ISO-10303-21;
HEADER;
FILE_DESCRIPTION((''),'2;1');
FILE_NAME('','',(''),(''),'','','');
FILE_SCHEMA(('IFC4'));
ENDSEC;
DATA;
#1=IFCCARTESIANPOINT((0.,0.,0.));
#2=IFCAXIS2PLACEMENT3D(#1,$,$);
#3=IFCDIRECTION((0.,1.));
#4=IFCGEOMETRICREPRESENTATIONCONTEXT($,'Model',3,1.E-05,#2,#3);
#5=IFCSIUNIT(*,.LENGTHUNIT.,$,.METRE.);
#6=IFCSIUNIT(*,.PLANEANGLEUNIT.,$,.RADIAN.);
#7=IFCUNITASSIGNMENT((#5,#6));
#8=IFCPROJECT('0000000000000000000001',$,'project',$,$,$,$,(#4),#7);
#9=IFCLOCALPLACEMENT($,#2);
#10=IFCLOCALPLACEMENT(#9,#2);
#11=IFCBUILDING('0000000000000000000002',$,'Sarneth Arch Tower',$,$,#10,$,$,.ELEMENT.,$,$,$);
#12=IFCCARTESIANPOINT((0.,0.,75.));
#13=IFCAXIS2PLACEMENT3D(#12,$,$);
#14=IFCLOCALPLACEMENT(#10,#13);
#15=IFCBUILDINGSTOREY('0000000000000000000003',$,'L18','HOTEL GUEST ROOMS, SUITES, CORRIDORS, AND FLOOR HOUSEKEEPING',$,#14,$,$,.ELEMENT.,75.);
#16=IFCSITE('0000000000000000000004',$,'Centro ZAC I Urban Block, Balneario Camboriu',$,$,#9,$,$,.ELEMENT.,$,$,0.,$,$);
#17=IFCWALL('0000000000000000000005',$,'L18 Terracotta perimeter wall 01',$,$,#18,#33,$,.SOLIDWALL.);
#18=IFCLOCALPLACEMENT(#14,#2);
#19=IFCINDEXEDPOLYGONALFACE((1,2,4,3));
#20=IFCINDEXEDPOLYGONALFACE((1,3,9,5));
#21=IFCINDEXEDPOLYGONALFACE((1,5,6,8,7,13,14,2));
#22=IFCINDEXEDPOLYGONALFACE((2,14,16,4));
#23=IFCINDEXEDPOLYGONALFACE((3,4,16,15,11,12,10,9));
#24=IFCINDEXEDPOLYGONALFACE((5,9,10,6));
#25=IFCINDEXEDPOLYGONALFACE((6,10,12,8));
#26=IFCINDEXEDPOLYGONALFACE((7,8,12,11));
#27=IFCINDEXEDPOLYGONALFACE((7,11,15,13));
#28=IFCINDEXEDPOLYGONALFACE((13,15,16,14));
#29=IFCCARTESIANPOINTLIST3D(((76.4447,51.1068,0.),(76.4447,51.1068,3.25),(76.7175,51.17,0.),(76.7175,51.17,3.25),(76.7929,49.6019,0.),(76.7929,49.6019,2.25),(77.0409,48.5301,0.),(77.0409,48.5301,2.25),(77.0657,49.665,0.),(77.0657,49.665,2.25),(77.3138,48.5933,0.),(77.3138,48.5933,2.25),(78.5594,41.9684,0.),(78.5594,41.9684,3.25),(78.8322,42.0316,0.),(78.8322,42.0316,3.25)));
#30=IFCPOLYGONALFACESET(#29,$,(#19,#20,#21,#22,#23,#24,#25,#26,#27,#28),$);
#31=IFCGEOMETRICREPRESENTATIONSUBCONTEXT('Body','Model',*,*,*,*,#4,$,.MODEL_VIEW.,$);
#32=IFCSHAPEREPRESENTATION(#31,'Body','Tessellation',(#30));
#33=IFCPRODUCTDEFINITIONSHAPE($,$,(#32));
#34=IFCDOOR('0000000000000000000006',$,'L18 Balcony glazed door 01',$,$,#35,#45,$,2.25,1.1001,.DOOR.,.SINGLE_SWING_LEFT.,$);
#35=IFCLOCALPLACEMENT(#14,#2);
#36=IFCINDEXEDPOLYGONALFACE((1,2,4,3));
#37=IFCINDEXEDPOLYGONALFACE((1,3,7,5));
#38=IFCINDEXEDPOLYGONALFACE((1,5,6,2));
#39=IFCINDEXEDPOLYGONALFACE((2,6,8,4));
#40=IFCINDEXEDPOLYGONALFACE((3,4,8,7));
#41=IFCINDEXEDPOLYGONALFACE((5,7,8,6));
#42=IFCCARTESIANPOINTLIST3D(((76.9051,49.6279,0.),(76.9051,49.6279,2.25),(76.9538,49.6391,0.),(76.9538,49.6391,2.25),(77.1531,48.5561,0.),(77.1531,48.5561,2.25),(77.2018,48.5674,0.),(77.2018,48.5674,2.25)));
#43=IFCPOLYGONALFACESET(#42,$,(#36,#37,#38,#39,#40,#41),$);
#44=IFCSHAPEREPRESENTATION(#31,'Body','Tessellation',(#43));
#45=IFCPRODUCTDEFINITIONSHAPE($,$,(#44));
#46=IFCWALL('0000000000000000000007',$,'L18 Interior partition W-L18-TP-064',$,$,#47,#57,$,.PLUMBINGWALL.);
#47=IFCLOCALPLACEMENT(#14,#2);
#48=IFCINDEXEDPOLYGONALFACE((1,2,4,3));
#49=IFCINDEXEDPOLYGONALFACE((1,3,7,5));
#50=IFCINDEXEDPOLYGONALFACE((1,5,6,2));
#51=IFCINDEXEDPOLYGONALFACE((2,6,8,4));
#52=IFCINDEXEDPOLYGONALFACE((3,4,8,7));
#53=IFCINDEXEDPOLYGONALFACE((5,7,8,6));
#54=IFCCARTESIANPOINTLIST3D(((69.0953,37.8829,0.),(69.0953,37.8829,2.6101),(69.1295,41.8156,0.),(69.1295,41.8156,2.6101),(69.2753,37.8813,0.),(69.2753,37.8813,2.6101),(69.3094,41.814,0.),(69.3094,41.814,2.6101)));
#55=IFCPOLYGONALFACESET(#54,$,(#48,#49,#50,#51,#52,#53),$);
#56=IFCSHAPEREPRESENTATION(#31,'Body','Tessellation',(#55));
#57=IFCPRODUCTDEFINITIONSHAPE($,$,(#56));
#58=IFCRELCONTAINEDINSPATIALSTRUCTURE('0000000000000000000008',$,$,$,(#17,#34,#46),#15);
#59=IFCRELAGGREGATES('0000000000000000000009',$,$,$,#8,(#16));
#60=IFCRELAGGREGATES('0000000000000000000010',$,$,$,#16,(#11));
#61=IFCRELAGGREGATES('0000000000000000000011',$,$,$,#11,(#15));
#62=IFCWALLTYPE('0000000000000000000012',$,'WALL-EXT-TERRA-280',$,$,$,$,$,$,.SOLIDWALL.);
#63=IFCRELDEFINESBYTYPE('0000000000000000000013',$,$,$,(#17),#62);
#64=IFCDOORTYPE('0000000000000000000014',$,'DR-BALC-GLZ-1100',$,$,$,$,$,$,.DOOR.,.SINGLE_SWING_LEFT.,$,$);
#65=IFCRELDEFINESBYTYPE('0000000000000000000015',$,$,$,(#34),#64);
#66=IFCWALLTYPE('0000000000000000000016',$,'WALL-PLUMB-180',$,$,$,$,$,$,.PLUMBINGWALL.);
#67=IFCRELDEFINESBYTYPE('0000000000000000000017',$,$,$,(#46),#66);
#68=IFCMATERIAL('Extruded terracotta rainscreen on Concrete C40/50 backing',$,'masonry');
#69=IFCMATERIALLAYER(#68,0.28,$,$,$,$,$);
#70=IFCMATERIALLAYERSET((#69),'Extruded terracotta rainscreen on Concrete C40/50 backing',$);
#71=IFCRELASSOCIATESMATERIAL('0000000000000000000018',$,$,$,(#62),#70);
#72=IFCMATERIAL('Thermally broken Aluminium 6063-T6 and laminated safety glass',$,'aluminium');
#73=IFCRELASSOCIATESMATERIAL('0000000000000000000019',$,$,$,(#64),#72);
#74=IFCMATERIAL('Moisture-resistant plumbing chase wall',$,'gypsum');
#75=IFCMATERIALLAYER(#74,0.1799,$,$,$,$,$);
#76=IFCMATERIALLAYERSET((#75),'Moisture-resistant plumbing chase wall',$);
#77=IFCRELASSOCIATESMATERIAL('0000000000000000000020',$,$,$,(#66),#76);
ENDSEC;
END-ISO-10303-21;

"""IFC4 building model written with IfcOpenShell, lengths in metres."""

from ifc_helpers import new_model, si_unit, direction, frame, frame_2d, origin, place, context, subcontext, project, spatial, rectangle, extrude, material, layer, layer_set, type_object, element, fill, save


model = new_model("IFC4")

# Units and contexts
model_context = context("Model", 3, precision=1e-05, world=origin(), true_north=direction((0.0, 1.0)))
body_context = subcontext(model_context, "Body", "Model", "MODEL_VIEW")
ifc_project = project(units=[si_unit("LENGTHUNIT", "METRE"), si_unit("PLANEANGLEUNIT", "RADIAN")], contexts=[model_context])

# Site, building, storey
site_placement = place(None, origin())
site = spatial("IfcSite", under=ifc_project, at=site_placement, Name="Centro ZAC I Urban Block, Balneario Camboriu", CompositionType="ELEMENT", RefElevation=0.0)
building_placement = place(site_placement, origin())
building = spatial("IfcBuilding", under=site, at=building_placement, Name="Sarneth Arch Tower", CompositionType="ELEMENT")
storey_placement = place(building_placement, frame((0.0, 0.0, 75.0)))
storey = spatial("IfcBuildingStorey", under=building, at=storey_placement, Name="L18", Description="HOTEL GUEST ROOMS, SUITES, CORRIDORS, AND FLOOR HOUSEKEEPING", CompositionType="ELEMENT", Elevation=75.0)

# Wall, opening, door
ifc_material_1 = material(Name="Extruded terracotta rainscreen on Concrete C40/50 backing", Category="masonry")
ifc_layer_1 = layer(ifc_material_1, 0.28)
ifc_layer_set_1 = layer_set([ifc_layer_1], Name="Extruded terracotta rainscreen on Concrete C40/50 backing")
wall_type_1 = type_object("IfcWallType", Name="WALL-EXT-TERRA-280", PredefinedType="SOLIDWALL", material=ifc_layer_set_1)
wall_1_placement = place(storey_placement, frame((78.6958, 42.0, 0.0), z_axis=(0.0, 0.0, 1.0), x_axis=(-0.225454, 0.974254, 0.0)))
wall_1 = element("IfcWall", 1, at=wall_1_placement, inside=storey, type_object=wall_type_1, Name="L18 Terracotta perimeter wall 01", PredefinedType="SOLIDWALL", context=body_context, shape_type="SweptSolid", body=[
    extrude(rectangle(XDim=9.3799, YDim=0.28, at=frame_2d((4.6899, 0.0))), origin(), (0.0, 0.0, 1.0), 3.25),
])
opening_placement = place(wall_1_placement, frame((6.7351, 0.0, 0.0)))
opening = element("IfcOpeningElement", 2, at=opening_placement, cuts=wall_1, PredefinedType="OPENING", context=body_context, shape_type="SweptSolid", body=[
    extrude(rectangle(XDim=1.1001, YDim=2.25, at=frame_2d((0.55, 1.125))), frame((0.0, 0.1499, 0.0), z_axis=(0.0, -1.0, 0.0), x_axis=(1.0, 0.0, 0.0)), (0.0, 0.0, 1.0), 0.3),
])
ifc_material_2 = material(Name="Thermally broken Aluminium 6063-T6 and laminated safety glass", Category="aluminium")
door_type = type_object("IfcDoorType", Name="DR-BALC-GLZ-1100", OperationType="SINGLE_SWING_LEFT", PredefinedType="DOOR", material=ifc_material_2)
door_placement = place(opening_placement, origin())
door = element("IfcDoor", 3, at=door_placement, inside=storey, type_object=door_type, Name="L18 Balcony glazed door 01", OperationType="SINGLE_SWING_LEFT", OverallHeight=2.25, OverallWidth=1.1001, PredefinedType="DOOR", context=body_context, shape_type="SweptSolid", body=[
    extrude(rectangle(XDim=1.1001, YDim=2.25, at=frame_2d((0.55, 1.125))), frame((0.0, 0.0249, 0.0), z_axis=(0.0, -1.0, 0.0), x_axis=(1.0, 0.0, 0.0)), (0.0, 0.0, 1.0), 0.05),
])
fill(opening, door)

# Wall
ifc_material_3 = material(Name="Moisture-resistant plumbing chase wall", Category="gypsum")
ifc_layer_2 = layer(ifc_material_3, 0.1799)
ifc_layer_set_2 = layer_set([ifc_layer_2], Name="Moisture-resistant plumbing chase wall")
wall_type_2 = type_object("IfcWallType", Name="WALL-PLUMB-180", PredefinedType="PLUMBINGWALL", material=ifc_layer_set_2)
wall_2_placement = place(storey_placement, frame((69.2195, 41.8147, 0.0), z_axis=(0.0, 0.0, 1.0), x_axis=(-0.008691, -0.999962, 0.0)))
element("IfcWall", 4, at=wall_2_placement, inside=storey, type_object=wall_type_2, Name="L18 Interior partition W-L18-TP-064", PredefinedType="PLUMBINGWALL", context=body_context, shape_type="SweptSolid", body=[
    extrude(rectangle(XDim=3.9329, YDim=0.1799, at=frame_2d((1.9663, 0.0))), origin(), (0.0, 0.0, 1.0), 2.6101),
])

save(model, "model.ifc")
